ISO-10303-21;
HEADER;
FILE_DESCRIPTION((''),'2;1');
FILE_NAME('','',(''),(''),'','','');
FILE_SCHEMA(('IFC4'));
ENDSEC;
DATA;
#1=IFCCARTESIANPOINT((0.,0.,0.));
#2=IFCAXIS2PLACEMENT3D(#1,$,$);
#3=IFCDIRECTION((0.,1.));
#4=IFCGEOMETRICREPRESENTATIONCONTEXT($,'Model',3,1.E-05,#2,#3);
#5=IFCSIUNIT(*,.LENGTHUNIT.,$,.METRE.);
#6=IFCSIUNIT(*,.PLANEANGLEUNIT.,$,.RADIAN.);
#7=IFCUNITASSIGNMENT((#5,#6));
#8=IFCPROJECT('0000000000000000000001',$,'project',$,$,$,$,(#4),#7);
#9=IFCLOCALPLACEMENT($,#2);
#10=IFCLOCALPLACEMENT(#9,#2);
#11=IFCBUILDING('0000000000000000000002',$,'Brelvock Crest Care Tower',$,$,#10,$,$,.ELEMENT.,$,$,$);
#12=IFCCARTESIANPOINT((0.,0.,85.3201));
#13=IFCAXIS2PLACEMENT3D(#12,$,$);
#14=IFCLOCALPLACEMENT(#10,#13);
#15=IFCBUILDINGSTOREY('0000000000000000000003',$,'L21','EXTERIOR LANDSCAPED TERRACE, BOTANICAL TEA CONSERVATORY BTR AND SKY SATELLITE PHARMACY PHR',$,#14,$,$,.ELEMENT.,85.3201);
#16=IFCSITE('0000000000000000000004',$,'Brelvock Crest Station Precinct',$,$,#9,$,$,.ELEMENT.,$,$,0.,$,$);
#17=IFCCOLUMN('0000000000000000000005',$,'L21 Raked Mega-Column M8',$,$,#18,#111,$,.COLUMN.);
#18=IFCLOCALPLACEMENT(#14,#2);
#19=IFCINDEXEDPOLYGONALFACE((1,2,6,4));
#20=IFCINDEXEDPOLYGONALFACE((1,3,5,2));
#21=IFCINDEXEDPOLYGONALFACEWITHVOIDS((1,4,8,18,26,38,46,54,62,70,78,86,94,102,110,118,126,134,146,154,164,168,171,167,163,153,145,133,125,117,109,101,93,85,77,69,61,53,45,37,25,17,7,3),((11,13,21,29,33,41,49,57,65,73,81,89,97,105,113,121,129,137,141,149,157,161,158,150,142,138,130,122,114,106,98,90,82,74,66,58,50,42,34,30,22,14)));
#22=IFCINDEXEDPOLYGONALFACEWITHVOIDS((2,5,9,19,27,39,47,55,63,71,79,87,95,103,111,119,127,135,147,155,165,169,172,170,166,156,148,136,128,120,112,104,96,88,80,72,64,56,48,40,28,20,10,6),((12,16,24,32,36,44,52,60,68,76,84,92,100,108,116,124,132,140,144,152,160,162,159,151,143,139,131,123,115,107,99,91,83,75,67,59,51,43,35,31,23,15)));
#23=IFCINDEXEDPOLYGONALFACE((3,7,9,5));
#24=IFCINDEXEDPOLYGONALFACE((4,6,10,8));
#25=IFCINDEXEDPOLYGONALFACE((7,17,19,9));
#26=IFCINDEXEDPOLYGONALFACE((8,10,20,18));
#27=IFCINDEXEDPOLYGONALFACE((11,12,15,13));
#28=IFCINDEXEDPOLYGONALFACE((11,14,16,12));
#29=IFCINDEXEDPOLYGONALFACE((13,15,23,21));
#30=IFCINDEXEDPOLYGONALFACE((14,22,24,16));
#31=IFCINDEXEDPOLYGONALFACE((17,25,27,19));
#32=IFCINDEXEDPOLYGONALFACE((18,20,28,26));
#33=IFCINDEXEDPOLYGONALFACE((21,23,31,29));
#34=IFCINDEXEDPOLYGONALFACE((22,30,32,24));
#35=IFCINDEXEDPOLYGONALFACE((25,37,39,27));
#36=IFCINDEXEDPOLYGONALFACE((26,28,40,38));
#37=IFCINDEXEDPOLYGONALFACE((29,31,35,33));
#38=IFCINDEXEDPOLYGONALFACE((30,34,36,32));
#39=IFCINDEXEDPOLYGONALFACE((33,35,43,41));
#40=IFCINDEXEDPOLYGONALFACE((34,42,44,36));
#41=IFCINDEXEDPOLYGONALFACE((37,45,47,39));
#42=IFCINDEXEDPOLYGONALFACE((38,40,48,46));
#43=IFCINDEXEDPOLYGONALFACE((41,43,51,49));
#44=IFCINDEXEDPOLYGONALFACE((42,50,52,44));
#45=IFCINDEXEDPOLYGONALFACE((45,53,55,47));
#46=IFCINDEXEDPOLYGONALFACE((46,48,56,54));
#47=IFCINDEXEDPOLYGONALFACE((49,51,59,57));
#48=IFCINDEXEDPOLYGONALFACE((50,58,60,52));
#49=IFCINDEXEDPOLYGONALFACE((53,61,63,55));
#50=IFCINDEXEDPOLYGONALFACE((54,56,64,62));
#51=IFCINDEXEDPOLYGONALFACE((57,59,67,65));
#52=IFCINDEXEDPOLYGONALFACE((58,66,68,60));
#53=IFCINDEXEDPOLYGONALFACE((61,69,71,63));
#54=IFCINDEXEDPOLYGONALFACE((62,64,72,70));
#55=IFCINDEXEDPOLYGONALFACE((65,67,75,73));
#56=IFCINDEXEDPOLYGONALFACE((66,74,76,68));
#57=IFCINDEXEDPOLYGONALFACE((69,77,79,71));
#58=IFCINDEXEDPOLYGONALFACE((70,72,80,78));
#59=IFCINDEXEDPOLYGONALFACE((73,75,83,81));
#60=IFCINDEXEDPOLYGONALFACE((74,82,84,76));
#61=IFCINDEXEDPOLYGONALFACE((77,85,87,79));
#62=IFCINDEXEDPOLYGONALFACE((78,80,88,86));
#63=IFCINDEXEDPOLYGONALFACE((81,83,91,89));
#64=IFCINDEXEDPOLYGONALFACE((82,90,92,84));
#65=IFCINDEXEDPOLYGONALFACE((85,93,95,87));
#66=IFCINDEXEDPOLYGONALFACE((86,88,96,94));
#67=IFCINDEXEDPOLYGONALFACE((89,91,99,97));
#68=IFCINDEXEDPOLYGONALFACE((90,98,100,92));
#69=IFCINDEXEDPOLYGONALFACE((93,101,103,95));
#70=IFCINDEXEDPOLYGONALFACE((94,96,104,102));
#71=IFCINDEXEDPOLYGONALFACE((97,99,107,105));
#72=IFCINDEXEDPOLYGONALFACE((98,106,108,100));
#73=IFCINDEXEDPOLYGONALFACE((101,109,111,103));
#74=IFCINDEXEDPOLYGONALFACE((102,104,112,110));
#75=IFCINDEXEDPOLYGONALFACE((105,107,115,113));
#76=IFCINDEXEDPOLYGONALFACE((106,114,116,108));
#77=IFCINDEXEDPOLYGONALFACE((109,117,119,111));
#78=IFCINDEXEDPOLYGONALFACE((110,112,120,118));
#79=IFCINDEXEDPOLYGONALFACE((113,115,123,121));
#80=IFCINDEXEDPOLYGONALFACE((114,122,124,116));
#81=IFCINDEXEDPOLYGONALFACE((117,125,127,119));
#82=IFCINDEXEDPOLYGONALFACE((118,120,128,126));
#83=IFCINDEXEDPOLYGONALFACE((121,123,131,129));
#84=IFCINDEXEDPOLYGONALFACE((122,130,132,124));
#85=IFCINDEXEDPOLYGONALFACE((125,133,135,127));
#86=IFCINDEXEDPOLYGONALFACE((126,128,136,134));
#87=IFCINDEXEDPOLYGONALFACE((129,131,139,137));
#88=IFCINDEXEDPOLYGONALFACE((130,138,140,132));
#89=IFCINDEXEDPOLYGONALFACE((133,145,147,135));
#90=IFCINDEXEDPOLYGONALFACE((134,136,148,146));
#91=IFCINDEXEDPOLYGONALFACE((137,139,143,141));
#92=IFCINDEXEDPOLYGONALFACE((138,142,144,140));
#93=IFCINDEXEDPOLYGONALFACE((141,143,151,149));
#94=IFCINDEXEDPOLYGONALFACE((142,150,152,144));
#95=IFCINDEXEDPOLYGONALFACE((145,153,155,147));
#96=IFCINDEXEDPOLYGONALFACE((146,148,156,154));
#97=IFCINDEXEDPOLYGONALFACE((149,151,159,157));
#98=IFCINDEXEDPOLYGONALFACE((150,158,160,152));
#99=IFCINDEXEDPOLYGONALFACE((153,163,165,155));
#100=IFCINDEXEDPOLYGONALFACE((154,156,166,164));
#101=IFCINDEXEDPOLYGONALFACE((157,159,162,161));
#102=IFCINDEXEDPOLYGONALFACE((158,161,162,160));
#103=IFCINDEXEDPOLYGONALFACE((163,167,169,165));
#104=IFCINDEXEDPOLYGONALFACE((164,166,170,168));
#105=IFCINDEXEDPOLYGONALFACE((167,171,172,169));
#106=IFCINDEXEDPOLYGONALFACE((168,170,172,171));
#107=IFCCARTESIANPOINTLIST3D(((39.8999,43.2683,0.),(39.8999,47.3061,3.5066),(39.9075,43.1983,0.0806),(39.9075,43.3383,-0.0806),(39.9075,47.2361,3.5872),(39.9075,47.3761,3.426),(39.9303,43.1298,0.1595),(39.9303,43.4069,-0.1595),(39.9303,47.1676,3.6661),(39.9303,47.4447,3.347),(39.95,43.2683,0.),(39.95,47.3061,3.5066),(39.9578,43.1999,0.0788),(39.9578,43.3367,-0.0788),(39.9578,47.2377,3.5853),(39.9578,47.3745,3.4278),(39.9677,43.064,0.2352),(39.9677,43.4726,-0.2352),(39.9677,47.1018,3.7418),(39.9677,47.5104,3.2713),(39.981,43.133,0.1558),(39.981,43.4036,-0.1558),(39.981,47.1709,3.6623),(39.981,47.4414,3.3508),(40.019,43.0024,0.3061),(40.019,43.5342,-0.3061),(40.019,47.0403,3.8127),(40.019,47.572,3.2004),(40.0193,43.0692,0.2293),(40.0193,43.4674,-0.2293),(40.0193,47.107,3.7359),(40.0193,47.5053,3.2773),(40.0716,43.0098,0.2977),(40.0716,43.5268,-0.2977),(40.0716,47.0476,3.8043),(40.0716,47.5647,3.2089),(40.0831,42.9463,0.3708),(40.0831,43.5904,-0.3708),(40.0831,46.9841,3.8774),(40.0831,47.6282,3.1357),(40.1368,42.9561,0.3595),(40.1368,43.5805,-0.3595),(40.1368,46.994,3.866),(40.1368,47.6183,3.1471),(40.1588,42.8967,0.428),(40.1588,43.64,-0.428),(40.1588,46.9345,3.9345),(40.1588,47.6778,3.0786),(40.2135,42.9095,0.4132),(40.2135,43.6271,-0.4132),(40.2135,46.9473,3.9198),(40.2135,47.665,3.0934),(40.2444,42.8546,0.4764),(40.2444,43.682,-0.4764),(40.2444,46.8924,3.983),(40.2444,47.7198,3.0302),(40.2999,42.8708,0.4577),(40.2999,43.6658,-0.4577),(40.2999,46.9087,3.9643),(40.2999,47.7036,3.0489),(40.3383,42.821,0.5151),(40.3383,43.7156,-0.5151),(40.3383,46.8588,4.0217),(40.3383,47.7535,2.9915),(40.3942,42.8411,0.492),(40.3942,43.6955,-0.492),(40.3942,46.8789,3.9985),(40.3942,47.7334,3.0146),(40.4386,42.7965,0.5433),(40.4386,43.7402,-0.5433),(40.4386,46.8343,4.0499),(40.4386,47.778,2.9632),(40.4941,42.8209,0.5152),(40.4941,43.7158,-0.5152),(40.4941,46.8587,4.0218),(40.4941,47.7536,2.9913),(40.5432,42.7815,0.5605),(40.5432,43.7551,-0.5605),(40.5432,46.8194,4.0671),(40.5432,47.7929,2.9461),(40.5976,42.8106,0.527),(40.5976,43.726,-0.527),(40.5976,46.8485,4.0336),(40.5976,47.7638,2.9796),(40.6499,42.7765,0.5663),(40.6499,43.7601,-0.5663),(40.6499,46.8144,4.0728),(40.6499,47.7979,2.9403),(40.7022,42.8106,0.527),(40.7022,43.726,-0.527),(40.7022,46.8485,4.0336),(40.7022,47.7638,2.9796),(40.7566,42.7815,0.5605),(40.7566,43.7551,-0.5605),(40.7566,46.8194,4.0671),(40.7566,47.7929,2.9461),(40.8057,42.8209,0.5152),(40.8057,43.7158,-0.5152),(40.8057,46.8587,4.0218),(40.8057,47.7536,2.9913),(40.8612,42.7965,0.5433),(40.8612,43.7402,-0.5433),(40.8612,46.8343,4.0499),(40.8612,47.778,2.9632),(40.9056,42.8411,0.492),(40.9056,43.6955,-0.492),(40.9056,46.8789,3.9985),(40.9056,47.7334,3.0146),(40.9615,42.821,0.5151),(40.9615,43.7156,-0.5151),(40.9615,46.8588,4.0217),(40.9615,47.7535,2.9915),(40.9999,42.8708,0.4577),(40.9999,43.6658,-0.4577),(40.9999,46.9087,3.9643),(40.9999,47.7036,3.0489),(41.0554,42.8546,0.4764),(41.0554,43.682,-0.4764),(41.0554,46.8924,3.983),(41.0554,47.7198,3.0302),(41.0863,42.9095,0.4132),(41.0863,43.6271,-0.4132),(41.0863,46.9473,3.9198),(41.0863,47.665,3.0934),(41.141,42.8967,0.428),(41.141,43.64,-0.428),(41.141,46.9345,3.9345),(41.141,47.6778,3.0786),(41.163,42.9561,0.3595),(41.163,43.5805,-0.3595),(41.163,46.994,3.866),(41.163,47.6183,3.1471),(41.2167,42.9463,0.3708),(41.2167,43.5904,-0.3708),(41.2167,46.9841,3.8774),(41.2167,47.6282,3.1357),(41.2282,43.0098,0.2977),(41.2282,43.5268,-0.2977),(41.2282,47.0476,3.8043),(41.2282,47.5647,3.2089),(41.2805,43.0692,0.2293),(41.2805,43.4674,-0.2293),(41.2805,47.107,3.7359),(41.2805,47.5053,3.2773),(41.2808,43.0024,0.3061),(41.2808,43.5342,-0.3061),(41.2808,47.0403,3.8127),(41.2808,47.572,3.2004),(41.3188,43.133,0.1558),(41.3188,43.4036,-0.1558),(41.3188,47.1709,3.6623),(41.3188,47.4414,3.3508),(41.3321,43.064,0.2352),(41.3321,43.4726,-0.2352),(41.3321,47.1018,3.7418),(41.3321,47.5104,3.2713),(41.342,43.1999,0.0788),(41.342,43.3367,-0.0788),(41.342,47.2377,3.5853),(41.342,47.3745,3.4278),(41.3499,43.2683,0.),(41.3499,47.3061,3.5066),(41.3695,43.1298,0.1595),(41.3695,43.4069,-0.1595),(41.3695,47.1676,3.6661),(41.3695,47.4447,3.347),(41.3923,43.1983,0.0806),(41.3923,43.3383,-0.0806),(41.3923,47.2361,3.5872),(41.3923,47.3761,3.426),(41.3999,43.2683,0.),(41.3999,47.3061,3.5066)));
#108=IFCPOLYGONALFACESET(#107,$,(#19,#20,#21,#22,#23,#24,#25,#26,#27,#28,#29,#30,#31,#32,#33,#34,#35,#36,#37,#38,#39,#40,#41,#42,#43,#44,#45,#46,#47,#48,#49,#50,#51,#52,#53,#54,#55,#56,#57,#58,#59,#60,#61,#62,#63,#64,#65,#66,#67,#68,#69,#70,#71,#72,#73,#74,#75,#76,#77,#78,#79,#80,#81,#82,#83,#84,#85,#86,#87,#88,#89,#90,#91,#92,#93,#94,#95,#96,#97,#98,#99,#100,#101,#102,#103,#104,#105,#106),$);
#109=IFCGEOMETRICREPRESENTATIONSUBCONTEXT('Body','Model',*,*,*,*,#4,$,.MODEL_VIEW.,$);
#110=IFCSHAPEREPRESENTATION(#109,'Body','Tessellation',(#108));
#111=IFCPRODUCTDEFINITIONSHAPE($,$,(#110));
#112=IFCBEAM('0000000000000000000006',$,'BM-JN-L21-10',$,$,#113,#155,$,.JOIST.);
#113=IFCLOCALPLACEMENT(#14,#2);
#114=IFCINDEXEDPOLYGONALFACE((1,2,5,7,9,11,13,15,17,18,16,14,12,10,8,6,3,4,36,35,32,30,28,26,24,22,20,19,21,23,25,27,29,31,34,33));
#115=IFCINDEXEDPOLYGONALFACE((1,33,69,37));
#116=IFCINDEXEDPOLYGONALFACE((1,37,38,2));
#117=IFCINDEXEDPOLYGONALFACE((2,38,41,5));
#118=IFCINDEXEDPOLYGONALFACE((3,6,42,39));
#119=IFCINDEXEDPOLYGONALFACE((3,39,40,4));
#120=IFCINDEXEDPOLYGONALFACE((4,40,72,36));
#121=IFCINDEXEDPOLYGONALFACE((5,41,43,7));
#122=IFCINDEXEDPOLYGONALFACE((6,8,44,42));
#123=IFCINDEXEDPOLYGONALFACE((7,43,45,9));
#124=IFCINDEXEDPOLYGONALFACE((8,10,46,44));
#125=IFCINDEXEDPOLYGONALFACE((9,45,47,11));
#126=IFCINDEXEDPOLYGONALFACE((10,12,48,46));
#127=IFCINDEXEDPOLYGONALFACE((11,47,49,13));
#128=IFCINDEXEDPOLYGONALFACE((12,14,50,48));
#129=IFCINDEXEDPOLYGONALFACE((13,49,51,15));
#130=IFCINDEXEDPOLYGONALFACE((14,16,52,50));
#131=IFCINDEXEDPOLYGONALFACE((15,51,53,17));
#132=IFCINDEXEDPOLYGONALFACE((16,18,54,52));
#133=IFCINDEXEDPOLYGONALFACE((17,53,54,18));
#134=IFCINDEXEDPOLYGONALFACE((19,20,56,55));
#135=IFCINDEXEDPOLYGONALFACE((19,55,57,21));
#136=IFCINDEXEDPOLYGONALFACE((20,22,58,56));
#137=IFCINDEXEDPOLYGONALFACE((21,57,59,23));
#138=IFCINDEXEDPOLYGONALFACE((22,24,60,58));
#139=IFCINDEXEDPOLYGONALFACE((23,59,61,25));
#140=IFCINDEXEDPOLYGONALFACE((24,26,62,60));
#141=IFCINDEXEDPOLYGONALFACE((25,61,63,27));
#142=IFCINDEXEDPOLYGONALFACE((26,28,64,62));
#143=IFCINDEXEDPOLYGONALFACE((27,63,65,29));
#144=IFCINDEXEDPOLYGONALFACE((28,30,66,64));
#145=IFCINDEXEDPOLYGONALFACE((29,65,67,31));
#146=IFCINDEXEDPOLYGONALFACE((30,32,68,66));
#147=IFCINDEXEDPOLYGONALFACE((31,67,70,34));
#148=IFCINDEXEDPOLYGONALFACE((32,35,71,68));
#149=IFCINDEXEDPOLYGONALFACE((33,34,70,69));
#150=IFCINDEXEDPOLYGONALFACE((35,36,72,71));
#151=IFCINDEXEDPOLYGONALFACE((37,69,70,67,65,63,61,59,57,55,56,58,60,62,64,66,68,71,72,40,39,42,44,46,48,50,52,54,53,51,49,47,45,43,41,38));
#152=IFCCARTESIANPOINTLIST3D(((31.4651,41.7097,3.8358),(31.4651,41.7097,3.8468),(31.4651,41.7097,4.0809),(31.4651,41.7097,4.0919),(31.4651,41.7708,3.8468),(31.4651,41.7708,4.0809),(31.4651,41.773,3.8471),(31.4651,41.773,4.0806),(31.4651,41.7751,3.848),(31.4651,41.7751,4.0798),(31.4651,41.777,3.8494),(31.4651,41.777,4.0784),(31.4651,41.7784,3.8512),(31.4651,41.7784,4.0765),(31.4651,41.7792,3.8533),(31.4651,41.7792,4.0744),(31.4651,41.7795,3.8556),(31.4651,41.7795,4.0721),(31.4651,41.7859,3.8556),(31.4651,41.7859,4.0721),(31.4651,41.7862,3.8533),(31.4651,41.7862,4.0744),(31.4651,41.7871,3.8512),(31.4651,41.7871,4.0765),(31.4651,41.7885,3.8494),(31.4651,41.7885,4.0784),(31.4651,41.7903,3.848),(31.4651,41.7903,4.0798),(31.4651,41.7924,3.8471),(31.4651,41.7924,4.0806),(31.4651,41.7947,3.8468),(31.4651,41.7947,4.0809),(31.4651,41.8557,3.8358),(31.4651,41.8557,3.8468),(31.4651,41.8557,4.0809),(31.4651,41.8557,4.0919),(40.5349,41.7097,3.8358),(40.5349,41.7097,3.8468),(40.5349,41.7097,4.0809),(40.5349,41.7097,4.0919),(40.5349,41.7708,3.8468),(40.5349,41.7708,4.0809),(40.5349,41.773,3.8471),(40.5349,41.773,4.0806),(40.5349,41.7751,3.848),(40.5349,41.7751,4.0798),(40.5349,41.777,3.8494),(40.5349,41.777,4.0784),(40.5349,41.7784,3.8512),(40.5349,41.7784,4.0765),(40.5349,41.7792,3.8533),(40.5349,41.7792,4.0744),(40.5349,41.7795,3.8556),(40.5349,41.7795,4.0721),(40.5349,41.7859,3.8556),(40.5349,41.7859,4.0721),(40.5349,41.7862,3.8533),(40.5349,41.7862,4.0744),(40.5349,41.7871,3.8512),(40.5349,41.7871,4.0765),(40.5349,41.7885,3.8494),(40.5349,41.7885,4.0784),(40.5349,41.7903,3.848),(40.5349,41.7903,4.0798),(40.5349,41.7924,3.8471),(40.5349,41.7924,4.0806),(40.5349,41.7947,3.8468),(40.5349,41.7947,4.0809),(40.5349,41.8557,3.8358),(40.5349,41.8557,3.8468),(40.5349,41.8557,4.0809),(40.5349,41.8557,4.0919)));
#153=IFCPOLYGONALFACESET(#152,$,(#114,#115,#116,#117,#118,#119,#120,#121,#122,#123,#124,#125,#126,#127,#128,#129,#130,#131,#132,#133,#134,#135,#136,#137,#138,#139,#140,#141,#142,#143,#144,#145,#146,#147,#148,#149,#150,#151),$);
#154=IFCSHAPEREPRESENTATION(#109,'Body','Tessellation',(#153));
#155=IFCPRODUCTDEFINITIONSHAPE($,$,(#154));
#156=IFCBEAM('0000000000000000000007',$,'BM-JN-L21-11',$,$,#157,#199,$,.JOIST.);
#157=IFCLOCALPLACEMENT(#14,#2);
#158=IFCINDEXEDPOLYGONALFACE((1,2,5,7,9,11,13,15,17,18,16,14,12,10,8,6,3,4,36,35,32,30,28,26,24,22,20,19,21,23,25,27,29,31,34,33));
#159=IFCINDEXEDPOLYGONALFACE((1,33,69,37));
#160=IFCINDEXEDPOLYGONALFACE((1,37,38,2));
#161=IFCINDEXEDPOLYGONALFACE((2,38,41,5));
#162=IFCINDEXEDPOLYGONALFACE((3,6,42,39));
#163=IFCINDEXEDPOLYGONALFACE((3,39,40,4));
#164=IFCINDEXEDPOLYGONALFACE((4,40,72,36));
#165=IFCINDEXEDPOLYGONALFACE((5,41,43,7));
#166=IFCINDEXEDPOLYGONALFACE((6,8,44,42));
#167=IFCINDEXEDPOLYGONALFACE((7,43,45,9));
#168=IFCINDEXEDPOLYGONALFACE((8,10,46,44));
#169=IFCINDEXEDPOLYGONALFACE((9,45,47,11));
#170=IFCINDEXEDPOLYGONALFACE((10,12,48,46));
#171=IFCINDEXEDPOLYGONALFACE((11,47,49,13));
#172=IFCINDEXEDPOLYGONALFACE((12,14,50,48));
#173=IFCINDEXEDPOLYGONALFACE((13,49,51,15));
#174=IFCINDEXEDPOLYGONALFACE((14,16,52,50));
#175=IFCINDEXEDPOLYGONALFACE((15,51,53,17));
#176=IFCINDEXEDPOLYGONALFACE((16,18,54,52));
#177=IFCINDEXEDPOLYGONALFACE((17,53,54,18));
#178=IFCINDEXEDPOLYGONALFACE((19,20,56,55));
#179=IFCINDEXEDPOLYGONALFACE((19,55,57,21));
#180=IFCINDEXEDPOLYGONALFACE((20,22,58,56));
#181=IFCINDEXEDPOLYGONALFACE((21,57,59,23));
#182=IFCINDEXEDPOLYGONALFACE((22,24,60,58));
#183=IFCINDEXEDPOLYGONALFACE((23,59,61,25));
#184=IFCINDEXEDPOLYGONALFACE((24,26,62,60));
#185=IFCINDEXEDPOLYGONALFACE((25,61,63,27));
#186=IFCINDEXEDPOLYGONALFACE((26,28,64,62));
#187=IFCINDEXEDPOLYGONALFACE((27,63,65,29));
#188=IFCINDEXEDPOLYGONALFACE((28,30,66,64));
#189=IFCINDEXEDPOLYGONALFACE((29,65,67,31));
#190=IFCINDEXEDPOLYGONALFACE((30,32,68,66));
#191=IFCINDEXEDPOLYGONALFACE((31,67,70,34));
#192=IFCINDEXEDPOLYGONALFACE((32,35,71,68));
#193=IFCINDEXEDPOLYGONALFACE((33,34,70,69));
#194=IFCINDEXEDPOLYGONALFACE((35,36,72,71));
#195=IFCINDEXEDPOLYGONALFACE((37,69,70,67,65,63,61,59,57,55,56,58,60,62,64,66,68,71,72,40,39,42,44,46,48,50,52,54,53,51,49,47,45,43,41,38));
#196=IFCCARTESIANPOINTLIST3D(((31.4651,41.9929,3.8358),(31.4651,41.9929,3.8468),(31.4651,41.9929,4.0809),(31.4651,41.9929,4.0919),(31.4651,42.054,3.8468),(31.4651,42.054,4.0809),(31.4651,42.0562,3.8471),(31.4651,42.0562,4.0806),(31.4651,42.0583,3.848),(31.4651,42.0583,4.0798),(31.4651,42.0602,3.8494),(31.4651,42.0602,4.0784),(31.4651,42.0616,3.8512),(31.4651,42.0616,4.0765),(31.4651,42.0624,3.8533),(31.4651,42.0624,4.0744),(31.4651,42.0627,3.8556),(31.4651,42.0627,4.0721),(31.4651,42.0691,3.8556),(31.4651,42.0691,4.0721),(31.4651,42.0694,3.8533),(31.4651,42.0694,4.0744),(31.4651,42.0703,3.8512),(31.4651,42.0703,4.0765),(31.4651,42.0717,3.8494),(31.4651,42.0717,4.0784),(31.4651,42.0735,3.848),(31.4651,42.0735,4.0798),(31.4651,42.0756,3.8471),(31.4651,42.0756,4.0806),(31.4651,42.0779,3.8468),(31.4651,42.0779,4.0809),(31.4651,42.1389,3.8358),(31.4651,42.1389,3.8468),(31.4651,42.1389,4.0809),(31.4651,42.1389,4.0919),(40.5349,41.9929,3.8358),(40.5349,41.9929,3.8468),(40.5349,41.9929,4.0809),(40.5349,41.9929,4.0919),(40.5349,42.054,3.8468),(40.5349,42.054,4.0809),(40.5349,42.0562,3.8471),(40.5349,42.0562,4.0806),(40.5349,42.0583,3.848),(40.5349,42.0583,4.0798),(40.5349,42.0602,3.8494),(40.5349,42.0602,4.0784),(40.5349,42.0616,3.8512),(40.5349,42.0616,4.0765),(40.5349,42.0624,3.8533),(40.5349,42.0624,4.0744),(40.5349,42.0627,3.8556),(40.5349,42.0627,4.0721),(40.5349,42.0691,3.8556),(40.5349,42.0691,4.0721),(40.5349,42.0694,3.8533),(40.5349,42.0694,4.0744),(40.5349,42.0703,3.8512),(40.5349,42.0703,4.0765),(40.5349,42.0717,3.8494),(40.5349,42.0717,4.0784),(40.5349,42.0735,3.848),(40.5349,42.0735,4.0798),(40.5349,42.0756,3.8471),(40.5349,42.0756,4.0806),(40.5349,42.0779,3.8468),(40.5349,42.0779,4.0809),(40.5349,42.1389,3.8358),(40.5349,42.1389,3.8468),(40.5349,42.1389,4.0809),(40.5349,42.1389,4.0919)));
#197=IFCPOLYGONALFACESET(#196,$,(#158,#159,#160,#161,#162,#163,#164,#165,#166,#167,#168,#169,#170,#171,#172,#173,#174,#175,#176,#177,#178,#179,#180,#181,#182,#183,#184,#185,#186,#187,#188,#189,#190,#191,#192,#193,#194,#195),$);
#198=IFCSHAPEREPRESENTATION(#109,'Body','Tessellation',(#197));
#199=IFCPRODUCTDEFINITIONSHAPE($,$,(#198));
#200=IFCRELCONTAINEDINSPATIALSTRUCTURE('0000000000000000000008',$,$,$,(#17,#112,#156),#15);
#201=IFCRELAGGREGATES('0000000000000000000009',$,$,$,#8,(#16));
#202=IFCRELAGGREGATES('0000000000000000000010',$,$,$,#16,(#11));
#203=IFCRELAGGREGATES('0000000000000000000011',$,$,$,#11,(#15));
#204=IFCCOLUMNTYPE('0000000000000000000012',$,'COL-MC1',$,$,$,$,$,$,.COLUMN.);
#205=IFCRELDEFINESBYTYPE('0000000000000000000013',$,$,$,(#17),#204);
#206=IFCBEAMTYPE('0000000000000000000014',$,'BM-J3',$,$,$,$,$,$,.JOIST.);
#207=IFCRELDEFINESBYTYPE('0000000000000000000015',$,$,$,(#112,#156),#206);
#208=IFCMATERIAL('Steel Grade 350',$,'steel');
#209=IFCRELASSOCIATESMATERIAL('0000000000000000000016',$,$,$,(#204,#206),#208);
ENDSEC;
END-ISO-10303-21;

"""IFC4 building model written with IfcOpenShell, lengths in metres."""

from ifc_helpers import new_model, si_unit, direction, frame, origin, origin_2d, place, context, subcontext, project, spatial, hollow_circle, i_section, extrude, source, transform, mapped, material, material_profile, profile_set, type_object, element, save


model = new_model("IFC4")

# Units and contexts
model_context = context("Model", 3, precision=1e-05, world=origin(), true_north=direction((0.0, 1.0)))
body_context = subcontext(model_context, "Body", "Model", "MODEL_VIEW")
ifc_project = project(units=[si_unit("LENGTHUNIT", "METRE"), si_unit("PLANEANGLEUNIT", "RADIAN")], contexts=[model_context])

# Site, building, storey
site_placement = place(None, origin())
site = spatial("IfcSite", under=ifc_project, at=site_placement, Name="Brelvock Crest Station Precinct", CompositionType="ELEMENT", RefElevation=0.0)
building_placement = place(site_placement, origin())
building = spatial("IfcBuilding", under=site, at=building_placement, Name="Brelvock Crest Care Tower", CompositionType="ELEMENT")
storey_placement = place(building_placement, frame((0.0, 0.0, 85.3201)))
storey = spatial("IfcBuildingStorey", under=building, at=storey_placement, Name="L21", Description="EXTERIOR LANDSCAPED TERRACE, BOTANICAL TEA CONSERVATORY BTR AND SKY SATELLITE PHARMACY PHR", CompositionType="ELEMENT", Elevation=85.3201)

# Column
ifc_material_1 = material(Name="Steel Grade 350", Category="steel")
ifc_material_profile_1 = material_profile(ifc_material_1, hollow_circle(Radius=0.75, WallThickness=0.05, at=origin_2d()), Name="CFT1500x50")
ifc_profile_set_1 = profile_set([ifc_material_profile_1], Name="Steel Grade 350")
column_type = type_object("IfcColumnType", Name="COL-MC1", PredefinedType="COLUMN", material=ifc_profile_set_1)
shared_shape_1 = source(origin(), body_context, "Body", "SweptSolid", [
    extrude(hollow_circle(Radius=0.75, WallThickness=0.05, at=origin_2d()), origin(), (0.0, 0.0, 1.0), 5.3479),
])
column_placement = place(storey_placement, frame((40.6499, 43.2683, 0.0), z_axis=(0.0, 0.755029, 0.655691), x_axis=(-1.0, 0.0, 0.0)))
element("IfcColumn", 1, at=column_placement, inside=storey, type_object=column_type, Name="L21 Raked Mega-Column M8", PredefinedType="COLUMN", context=body_context, shape_type="MappedRepresentation", body=[
    mapped(shared_shape_1, transform((0.0, 0.0, 0.0), x_axis=(1.0, 0.0, 0.0), y_axis=(0.0, 1.0, 0.0), z_axis=(0.0, 0.0, 1.0), scale=1.0)),
])

# Beams
ifc_material_profile_2 = material_profile(ifc_material_1, i_section(OverallWidth=0.146, OverallDepth=0.2561, WebThickness=0.0063, FlangeThickness=0.011, FilletRadius=0.0088, at=origin_2d()), Name="250UB37.3")
ifc_profile_set_2 = profile_set([ifc_material_profile_2], Name="Steel Grade 350")
beam_type_1 = type_object("IfcBeamType", Name="BM-J3", PredefinedType="JOIST", material=ifc_profile_set_2)
shared_shape_2 = source(origin(), body_context, "Body", "SweptSolid", [
    extrude(i_section(OverallWidth=0.146, OverallDepth=0.2561, WebThickness=0.0063, FlangeThickness=0.011, FilletRadius=0.0088, at=origin_2d()), origin(), (0.0, 0.0, 1.0), 9.0698),
])
for number, where, z_axis, x_axis, name in (
    (2, (31.4651, 41.7827, 3.9639), (1.0, 0.0, 0.0), (0.0, 1.0, 0.0), "BM-JN-L21-10"),
    (3, (31.4651, 42.0659, 3.9639), (1.0, 0.0, 0.0), (0.0, 1.0, 0.0), "BM-JN-L21-11"),
):
    element("IfcBeam", number, at=place(storey_placement, frame(where, z_axis=z_axis, x_axis=x_axis)), inside=storey, type_object=beam_type_1, Name=name, PredefinedType="JOIST", context=body_context, shape_type="MappedRepresentation", body=[
        mapped(shared_shape_2, transform((0.0, 0.0, 0.0), x_axis=(1.0, 0.0, 0.0), y_axis=(0.0, 1.0, 0.0), z_axis=(0.0, 0.0, 1.0), scale=1.0)),
    ])

save(model, "model.ifc")
